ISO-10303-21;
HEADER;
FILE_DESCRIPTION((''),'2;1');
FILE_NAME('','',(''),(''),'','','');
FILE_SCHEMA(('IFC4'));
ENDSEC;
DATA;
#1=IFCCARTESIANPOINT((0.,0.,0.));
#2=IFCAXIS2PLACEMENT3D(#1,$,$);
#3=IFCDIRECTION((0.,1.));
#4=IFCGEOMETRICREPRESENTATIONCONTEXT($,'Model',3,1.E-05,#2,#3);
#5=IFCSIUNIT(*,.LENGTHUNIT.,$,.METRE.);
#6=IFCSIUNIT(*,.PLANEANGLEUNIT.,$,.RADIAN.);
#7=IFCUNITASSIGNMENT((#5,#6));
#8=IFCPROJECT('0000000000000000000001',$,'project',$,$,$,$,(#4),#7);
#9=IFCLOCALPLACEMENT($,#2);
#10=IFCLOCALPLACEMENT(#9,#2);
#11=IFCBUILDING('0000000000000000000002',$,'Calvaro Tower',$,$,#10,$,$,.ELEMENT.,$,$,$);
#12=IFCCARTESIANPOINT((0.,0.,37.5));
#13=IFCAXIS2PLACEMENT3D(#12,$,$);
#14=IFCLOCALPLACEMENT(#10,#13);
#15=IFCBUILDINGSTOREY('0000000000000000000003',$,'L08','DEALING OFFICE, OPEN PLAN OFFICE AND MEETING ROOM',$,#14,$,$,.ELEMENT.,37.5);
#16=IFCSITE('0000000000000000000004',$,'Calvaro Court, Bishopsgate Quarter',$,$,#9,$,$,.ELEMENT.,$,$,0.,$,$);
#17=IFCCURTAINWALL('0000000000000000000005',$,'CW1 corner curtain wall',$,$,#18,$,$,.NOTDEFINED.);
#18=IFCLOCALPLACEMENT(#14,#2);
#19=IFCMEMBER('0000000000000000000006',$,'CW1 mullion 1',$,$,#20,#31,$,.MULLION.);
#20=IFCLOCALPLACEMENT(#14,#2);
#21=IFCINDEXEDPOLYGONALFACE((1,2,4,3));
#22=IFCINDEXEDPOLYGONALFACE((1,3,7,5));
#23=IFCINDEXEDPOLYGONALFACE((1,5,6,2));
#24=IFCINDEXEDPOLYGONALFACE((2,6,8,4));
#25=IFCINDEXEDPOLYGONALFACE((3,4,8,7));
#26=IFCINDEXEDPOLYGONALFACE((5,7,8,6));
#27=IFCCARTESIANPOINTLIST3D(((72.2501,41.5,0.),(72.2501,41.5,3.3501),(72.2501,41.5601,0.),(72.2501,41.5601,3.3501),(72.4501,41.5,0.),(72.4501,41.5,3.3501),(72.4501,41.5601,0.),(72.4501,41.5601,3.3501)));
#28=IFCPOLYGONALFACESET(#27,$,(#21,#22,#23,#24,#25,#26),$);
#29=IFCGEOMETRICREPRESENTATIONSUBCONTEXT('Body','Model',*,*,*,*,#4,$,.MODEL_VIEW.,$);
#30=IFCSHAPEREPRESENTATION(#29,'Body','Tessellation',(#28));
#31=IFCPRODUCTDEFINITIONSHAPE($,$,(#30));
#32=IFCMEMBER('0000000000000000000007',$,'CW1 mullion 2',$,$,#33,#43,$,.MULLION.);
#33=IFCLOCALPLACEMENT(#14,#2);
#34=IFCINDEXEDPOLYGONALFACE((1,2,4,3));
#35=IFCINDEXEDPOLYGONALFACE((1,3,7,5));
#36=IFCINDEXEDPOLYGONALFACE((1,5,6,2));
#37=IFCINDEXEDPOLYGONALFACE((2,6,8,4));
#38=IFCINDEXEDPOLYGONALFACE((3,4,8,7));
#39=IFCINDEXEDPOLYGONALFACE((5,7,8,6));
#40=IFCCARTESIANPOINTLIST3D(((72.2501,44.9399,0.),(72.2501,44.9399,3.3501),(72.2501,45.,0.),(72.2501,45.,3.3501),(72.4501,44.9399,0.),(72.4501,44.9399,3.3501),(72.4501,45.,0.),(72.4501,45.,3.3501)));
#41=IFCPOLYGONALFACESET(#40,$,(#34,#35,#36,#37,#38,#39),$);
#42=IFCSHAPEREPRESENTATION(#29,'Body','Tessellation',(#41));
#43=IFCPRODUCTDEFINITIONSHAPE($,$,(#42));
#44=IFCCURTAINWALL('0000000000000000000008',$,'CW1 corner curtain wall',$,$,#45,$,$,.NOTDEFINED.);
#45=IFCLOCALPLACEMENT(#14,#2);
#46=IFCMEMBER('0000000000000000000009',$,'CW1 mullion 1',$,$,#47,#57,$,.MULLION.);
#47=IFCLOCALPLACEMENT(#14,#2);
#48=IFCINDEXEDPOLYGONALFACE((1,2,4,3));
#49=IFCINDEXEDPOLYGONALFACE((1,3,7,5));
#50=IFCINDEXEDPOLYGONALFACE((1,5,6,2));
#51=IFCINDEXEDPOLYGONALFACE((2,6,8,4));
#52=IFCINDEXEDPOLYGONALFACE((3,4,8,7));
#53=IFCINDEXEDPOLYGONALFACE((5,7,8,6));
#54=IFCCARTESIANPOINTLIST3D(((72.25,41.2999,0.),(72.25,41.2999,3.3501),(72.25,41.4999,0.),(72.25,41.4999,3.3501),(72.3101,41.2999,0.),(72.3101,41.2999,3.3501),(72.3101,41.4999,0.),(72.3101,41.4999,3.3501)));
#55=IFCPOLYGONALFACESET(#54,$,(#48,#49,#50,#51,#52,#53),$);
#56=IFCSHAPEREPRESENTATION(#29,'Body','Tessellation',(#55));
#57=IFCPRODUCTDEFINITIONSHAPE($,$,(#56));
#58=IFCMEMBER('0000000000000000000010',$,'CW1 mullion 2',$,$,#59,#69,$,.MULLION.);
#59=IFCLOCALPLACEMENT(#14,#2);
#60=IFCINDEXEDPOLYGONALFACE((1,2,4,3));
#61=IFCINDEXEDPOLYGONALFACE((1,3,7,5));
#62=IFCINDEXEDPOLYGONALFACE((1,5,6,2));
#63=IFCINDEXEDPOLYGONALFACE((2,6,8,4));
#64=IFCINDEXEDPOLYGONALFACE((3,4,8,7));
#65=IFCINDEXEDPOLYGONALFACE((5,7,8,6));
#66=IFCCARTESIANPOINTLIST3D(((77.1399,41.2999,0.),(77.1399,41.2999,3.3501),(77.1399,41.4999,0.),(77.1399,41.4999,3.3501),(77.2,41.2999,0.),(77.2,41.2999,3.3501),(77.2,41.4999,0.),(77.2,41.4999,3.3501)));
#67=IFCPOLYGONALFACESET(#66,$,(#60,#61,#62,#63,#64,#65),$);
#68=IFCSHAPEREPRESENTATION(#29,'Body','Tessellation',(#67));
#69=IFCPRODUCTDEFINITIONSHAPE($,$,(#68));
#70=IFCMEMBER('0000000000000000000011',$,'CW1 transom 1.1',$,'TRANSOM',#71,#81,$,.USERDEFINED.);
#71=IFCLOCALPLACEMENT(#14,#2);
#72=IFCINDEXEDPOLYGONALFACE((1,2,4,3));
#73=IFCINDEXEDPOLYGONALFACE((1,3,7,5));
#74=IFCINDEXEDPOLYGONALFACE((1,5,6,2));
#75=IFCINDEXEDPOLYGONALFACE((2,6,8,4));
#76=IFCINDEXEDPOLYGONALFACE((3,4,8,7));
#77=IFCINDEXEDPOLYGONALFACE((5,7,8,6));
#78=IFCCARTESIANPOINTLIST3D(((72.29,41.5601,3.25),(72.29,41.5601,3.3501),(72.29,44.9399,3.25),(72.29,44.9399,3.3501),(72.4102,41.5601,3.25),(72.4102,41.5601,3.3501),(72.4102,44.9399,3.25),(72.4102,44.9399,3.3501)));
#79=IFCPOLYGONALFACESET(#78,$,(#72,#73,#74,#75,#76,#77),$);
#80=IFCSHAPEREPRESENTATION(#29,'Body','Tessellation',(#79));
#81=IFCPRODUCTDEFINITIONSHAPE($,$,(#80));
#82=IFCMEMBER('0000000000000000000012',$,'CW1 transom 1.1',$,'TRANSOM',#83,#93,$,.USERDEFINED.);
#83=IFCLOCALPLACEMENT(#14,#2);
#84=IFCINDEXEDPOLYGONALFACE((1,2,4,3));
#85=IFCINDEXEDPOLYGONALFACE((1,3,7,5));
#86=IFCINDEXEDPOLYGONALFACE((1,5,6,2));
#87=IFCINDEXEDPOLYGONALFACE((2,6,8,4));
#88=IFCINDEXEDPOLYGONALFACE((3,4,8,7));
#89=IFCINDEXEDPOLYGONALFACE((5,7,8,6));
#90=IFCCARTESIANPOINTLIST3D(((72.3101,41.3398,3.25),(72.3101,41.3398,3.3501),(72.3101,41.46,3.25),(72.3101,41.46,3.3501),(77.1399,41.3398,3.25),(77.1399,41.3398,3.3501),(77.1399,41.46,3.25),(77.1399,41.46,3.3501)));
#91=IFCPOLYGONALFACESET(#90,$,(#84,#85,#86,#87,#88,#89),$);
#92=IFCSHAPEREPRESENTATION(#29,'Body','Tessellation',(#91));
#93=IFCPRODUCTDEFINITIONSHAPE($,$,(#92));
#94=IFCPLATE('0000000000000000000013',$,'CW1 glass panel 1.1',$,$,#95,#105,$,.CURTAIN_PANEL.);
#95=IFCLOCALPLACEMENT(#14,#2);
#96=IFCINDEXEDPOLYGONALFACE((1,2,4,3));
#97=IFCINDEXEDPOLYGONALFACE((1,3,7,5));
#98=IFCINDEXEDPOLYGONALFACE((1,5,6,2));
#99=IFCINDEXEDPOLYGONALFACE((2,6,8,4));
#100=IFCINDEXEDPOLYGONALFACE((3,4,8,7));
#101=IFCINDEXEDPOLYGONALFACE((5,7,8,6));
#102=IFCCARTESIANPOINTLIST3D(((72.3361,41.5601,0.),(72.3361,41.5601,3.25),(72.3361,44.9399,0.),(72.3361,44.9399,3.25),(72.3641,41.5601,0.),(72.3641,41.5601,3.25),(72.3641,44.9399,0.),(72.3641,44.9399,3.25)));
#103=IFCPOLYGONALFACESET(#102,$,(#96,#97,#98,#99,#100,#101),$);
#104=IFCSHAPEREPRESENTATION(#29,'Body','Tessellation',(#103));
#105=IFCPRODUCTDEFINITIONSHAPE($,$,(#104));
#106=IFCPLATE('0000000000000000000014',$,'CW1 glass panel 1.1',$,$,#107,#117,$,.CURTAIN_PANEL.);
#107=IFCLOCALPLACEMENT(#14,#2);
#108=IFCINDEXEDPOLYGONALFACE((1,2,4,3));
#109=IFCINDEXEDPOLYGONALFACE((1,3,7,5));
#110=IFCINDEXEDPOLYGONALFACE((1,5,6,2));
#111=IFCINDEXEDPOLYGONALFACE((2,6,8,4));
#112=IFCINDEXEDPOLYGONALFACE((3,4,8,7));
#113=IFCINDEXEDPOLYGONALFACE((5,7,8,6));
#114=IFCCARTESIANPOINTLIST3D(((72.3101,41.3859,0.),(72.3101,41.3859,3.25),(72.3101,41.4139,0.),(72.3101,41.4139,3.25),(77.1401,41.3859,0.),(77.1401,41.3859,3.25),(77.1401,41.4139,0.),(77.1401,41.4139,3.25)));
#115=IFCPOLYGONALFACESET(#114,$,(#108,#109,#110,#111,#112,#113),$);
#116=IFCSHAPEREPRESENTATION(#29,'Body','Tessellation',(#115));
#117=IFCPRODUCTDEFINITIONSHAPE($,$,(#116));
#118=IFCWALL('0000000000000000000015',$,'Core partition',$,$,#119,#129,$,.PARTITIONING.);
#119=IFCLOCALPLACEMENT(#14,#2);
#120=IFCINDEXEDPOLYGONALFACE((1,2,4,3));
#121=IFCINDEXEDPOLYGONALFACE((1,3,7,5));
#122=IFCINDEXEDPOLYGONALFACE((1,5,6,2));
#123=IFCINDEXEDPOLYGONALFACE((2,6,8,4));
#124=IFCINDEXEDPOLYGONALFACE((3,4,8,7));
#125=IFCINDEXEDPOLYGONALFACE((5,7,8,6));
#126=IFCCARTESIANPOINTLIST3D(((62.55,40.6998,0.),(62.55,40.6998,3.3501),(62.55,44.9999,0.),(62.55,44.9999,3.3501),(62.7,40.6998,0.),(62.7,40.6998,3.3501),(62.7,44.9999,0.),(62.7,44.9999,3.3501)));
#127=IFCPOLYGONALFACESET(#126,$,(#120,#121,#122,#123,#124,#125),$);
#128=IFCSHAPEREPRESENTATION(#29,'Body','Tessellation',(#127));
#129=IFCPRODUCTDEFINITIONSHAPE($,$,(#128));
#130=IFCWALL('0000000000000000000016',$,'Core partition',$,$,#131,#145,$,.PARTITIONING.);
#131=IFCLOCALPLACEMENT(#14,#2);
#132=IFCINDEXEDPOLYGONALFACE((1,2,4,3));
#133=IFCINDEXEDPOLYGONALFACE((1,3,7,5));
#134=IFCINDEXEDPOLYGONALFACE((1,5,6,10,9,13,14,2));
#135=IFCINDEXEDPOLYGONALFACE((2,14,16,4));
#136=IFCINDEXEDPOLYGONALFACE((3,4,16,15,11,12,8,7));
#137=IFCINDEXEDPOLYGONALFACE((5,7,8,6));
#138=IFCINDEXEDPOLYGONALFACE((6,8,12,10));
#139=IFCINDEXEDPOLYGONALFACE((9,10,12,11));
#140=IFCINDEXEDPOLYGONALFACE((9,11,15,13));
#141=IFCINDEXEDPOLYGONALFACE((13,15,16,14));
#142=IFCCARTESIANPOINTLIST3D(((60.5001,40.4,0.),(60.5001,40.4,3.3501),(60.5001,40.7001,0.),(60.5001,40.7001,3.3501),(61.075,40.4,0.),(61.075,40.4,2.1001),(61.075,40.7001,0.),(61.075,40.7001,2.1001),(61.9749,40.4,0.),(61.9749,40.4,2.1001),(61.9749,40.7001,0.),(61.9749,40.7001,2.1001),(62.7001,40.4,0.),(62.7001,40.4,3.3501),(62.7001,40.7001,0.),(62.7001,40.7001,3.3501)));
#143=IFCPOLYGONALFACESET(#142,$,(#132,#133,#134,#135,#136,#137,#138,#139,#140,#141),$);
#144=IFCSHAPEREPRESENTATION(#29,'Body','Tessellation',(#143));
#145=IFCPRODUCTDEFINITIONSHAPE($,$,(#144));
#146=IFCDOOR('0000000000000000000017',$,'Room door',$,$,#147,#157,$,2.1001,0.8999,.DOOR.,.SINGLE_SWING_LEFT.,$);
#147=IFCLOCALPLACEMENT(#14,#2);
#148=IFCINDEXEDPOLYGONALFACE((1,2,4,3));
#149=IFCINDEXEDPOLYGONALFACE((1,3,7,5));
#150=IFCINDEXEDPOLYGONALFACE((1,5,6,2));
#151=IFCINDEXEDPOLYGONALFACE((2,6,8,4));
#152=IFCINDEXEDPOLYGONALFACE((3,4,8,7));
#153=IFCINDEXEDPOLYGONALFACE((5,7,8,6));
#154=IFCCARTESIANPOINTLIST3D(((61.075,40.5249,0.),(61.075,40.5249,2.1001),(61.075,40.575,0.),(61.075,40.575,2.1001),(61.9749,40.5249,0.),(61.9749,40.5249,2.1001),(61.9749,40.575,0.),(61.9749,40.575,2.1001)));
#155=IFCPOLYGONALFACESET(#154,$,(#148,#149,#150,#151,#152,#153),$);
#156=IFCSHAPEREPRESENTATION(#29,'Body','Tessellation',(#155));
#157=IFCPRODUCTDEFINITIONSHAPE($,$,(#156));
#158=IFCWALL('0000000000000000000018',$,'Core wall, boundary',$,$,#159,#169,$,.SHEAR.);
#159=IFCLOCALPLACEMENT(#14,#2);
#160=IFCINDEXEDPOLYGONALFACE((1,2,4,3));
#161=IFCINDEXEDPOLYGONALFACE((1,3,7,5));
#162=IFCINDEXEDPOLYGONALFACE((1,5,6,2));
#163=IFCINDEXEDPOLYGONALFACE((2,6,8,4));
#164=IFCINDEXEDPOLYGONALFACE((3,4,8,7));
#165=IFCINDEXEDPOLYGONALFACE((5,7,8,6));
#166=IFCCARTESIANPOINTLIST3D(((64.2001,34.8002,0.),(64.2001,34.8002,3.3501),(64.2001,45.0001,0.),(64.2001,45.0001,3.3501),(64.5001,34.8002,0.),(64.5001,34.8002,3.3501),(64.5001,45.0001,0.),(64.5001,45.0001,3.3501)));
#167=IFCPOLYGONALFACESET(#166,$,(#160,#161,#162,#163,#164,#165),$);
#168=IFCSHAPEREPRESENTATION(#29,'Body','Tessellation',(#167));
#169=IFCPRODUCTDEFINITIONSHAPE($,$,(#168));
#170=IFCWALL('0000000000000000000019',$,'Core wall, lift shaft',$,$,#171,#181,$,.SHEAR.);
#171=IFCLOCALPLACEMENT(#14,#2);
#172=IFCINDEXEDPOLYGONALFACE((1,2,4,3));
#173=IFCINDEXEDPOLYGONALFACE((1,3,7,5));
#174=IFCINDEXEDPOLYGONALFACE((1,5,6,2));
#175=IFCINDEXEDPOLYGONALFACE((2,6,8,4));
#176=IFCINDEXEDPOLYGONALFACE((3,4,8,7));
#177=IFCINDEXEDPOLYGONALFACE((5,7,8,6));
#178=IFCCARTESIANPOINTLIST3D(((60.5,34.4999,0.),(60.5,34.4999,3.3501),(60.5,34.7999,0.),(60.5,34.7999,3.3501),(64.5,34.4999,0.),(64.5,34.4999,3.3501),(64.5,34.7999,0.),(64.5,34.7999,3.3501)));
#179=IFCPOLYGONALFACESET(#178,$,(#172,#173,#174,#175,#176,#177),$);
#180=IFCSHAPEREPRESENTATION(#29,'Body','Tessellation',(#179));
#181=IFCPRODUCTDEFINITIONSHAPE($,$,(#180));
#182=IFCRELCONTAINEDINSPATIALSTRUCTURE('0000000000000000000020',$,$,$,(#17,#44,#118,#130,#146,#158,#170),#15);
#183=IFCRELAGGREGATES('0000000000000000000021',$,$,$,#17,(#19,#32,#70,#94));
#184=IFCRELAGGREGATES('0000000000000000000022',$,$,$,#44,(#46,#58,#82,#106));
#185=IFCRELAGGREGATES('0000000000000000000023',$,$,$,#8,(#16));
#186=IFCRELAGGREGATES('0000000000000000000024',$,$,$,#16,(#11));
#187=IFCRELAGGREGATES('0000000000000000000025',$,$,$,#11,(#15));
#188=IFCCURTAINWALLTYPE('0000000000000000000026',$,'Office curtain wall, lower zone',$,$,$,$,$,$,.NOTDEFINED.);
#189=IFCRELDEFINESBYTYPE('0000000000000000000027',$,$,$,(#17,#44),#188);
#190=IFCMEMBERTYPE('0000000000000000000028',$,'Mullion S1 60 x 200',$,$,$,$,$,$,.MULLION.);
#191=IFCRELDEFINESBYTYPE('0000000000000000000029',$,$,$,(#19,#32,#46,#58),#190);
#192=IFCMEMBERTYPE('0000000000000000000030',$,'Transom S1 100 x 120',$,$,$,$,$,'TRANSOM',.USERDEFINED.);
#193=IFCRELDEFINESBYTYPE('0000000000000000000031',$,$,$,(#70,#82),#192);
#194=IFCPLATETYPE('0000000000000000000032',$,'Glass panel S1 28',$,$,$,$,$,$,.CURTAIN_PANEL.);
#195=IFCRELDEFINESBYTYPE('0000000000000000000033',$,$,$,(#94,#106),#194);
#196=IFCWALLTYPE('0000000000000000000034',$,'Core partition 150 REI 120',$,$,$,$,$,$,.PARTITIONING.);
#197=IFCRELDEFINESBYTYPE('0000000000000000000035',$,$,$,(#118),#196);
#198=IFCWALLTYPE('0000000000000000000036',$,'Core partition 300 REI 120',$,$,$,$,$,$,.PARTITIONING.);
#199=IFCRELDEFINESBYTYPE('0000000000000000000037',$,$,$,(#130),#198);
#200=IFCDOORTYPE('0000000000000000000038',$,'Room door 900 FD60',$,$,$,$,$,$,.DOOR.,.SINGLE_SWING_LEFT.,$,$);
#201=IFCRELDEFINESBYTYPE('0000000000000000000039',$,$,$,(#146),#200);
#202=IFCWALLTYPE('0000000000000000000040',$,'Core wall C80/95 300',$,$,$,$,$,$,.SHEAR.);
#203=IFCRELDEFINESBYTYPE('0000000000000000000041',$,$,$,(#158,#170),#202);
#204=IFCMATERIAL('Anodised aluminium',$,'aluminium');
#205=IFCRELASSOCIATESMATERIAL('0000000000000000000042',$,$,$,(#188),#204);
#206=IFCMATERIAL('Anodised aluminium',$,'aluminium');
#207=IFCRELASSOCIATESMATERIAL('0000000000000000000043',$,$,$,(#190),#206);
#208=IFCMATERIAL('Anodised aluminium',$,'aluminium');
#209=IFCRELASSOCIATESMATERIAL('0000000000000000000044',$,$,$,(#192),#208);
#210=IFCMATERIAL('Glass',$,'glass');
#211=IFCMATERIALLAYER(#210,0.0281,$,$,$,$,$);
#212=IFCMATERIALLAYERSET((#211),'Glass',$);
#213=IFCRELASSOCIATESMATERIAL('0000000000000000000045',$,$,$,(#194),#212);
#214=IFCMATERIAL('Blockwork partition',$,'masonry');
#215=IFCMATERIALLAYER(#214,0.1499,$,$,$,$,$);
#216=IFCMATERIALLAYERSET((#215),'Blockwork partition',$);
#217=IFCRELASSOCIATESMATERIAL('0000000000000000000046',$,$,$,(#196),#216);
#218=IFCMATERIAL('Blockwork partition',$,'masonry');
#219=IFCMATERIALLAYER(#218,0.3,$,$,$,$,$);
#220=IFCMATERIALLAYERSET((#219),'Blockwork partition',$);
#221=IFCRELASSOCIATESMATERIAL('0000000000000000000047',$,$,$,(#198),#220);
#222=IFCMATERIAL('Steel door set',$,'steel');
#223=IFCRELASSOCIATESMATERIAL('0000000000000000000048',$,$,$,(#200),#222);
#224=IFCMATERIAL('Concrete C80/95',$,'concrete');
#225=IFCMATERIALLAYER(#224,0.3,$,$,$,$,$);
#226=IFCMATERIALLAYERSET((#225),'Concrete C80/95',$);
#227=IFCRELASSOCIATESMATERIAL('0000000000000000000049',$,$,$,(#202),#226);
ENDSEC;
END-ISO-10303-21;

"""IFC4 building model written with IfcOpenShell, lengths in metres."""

from ifc_helpers import new_model, si_unit, direction, frame, frame_2d, origin, origin_2d, place, context, subcontext, project, spatial, rectangle, extrude, material, layer, layer_set, material_profile, profile_set, type_object, element, fill, aggregate, save


model = new_model("IFC4")

# Units and contexts
model_context = context("Model", 3, precision=1e-05, world=origin(), true_north=direction((0.0, 1.0)))
body_context = subcontext(model_context, "Body", "Model", "MODEL_VIEW")
ifc_project = project(units=[si_unit("LENGTHUNIT", "METRE"), si_unit("PLANEANGLEUNIT", "RADIAN")], contexts=[model_context])

# Site, building, storey
site_placement = place(None, origin())
site = spatial("IfcSite", under=ifc_project, at=site_placement, Name="Calvaro Court, Bishopsgate Quarter", CompositionType="ELEMENT", RefElevation=0.0)
building_placement = place(site_placement, origin())
building = spatial("IfcBuilding", under=site, at=building_placement, Name="Calvaro Tower", CompositionType="ELEMENT")
storey_placement = place(building_placement, frame((0.0, 0.0, 37.5)))
storey = spatial("IfcBuildingStorey", under=building, at=storey_placement, Name="L08", Description="DEALING OFFICE, OPEN PLAN OFFICE AND MEETING ROOM", CompositionType="ELEMENT", Elevation=37.5)

# Curtain walls, members
ifc_material_1 = material(Name="Anodised aluminium", Category="aluminium")
curtain_wall_type = type_object("IfcCurtainWallType", Name="Office curtain wall, lower zone", PredefinedType="NOTDEFINED", material=ifc_material_1)
curtain_wall_1_placement = place(storey_placement, origin())
curtain_wall_1 = element("IfcCurtainWall", 1, at=curtain_wall_1_placement, inside=storey, type_object=curtain_wall_type, Name="CW1 corner curtain wall", PredefinedType="NOTDEFINED")
ifc_material_2 = material(Name="Anodised aluminium", Category="aluminium")
ifc_material_profile_1 = material_profile(ifc_material_2, rectangle(XDim=0.2, YDim=0.0601, at=origin_2d()), Name="Mullion S1 60 x 200")
ifc_profile_set_1 = profile_set([ifc_material_profile_1], Name="Anodised aluminium")
member_type_1 = type_object("IfcMemberType", Name="Mullion S1 60 x 200", PredefinedType="MULLION", material=ifc_profile_set_1)
member_1_placement = place(storey_placement, frame((72.3501, 41.53, 0.0), z_axis=(0.0, 0.0, 1.0), x_axis=(-1.0, 0.0, 0.0)))
member_1 = element("IfcMember", 2, at=member_1_placement, type_object=member_type_1, Name="CW1 mullion 1", PredefinedType="MULLION", context=body_context, shape_type="SweptSolid", body=[
    extrude(rectangle(XDim=0.2, YDim=0.0601, at=origin_2d()), origin(), (0.0, 0.0, 1.0), 3.3501),
])
member_2_placement = place(storey_placement, frame((72.3501, 44.97, 0.0), z_axis=(0.0, 0.0, 1.0), x_axis=(-1.0, 0.0, 0.0)))
member_2 = element("IfcMember", 3, at=member_2_placement, type_object=member_type_1, Name="CW1 mullion 2", PredefinedType="MULLION", context=body_context, shape_type="SweptSolid", body=[
    extrude(rectangle(XDim=0.2, YDim=0.0601, at=origin_2d()), origin(), (0.0, 0.0, 1.0), 3.3501),
])
curtain_wall_2_placement = place(storey_placement, origin())
curtain_wall_2 = element("IfcCurtainWall", 4, at=curtain_wall_2_placement, inside=storey, type_object=curtain_wall_type, Name="CW1 corner curtain wall", PredefinedType="NOTDEFINED")
member_3_placement = place(storey_placement, frame((72.28, 41.3999, 0.0), z_axis=(0.0, 0.0, 1.0), x_axis=(0.0, 1.0, 0.0)))
member_3 = element("IfcMember", 5, at=member_3_placement, type_object=member_type_1, Name="CW1 mullion 1", PredefinedType="MULLION", context=body_context, shape_type="SweptSolid", body=[
    extrude(rectangle(XDim=0.2, YDim=0.0601, at=origin_2d()), origin(), (0.0, 0.0, 1.0), 3.3501),
])
member_4_placement = place(storey_placement, frame((77.1699, 41.3999, 0.0), z_axis=(0.0, 0.0, 1.0), x_axis=(0.0, 1.0, 0.0)))
member_4 = element("IfcMember", 6, at=member_4_placement, type_object=member_type_1, Name="CW1 mullion 2", PredefinedType="MULLION", context=body_context, shape_type="SweptSolid", body=[
    extrude(rectangle(XDim=0.2, YDim=0.0601, at=origin_2d()), origin(), (0.0, 0.0, 1.0), 3.3501),
])

# Members
ifc_material_3 = material(Name="Anodised aluminium", Category="aluminium")
ifc_material_profile_2 = material_profile(ifc_material_3, rectangle(XDim=0.1201, YDim=0.1001, at=origin_2d()), Name="Transom S1 100 x 120")
ifc_profile_set_2 = profile_set([ifc_material_profile_2], Name="Anodised aluminium")
member_type_2 = type_object("IfcMemberType", Name="Transom S1 100 x 120", ElementType="TRANSOM", PredefinedType="USERDEFINED", material=ifc_profile_set_2)
member_5_placement = place(storey_placement, frame((72.3501, 41.5601, 3.3), z_axis=(0.0, 1.0, 0.0), x_axis=(-1.0, 0.0, 0.0)))
member_5 = element("IfcMember", 7, at=member_5_placement, type_object=member_type_2, Name="CW1 transom 1.1", ObjectType="TRANSOM", PredefinedType="USERDEFINED", context=body_context, shape_type="SweptSolid", body=[
    extrude(rectangle(XDim=0.1201, YDim=0.1001, at=origin_2d()), origin(), (0.0, 0.0, 1.0), 3.3799),
])
member_6_placement = place(storey_placement, frame((72.3101, 41.3999, 3.3), z_axis=(1.0, 0.0, 0.0), x_axis=(0.0, 1.0, 0.0)))
member_6 = element("IfcMember", 8, at=member_6_placement, type_object=member_type_2, Name="CW1 transom 1.1", ObjectType="TRANSOM", PredefinedType="USERDEFINED", context=body_context, shape_type="SweptSolid", body=[
    extrude(rectangle(XDim=0.1201, YDim=0.1001, at=origin_2d()), origin(), (0.0, 0.0, 1.0), 4.8298),
])

# Plates
ifc_material_4 = material(Name="Glass", Category="glass")
ifc_layer_1 = layer(ifc_material_4, 0.0281)
ifc_layer_set_1 = layer_set([ifc_layer_1], Name="Glass")
plate_type = type_object("IfcPlateType", Name="Glass panel S1 28", PredefinedType="CURTAIN_PANEL", material=ifc_layer_set_1)
plate_1_placement = place(storey_placement, frame((72.3501, 43.25, 0.0), z_axis=(0.0, 0.0, 1.0), x_axis=(0.0, 1.0, 0.0)))
plate_1 = element("IfcPlate", 9, at=plate_1_placement, type_object=plate_type, Name="CW1 glass panel 1.1", PredefinedType="CURTAIN_PANEL", context=body_context, shape_type="SweptSolid", body=[
    extrude(rectangle(XDim=3.3799, YDim=0.0281, at=origin_2d()), origin(), (0.0, 0.0, 1.0), 3.25),
])
aggregate(curtain_wall_1, [member_1, member_2, member_5, plate_1])
plate_2_placement = place(storey_placement, frame((74.7251, 41.3999, 0.0), z_axis=(0.0, 0.0, 1.0), x_axis=(1.0, 0.0, 0.0)))
plate_2 = element("IfcPlate", 10, at=plate_2_placement, type_object=plate_type, Name="CW1 glass panel 1.1", PredefinedType="CURTAIN_PANEL", context=body_context, shape_type="SweptSolid", body=[
    extrude(rectangle(XDim=4.8301, YDim=0.0281, at=origin_2d()), origin(), (0.0, 0.0, 1.0), 3.25),
])
aggregate(curtain_wall_2, [member_3, member_4, member_6, plate_2])

# Wall
ifc_material_5 = material(Name="Blockwork partition", Category="masonry")
ifc_layer_2 = layer(ifc_material_5, 0.1499)
ifc_layer_set_2 = layer_set([ifc_layer_2], Name="Blockwork partition")
wall_type_1 = type_object("IfcWallType", Name="Core partition 150 REI 120", PredefinedType="PARTITIONING", material=ifc_layer_set_2)
wall_1_placement = place(storey_placement, frame((62.625, 40.7, 0.0), z_axis=(0.0, 0.0, 1.0), x_axis=(0.0, 1.0, 0.0)))
element("IfcWall", 11, at=wall_1_placement, inside=storey, type_object=wall_type_1, Name="Core partition", PredefinedType="PARTITIONING", context=body_context, shape_type="SweptSolid", body=[
    extrude(rectangle(XDim=4.3, YDim=0.1499, at=frame_2d((2.1499, 0.0))), origin(), (0.0, 0.0, 1.0), 3.3501),
])

# Wall, opening, door
ifc_material_6 = material(Name="Blockwork partition", Category="masonry")
ifc_layer_3 = layer(ifc_material_6, 0.3)
ifc_layer_set_3 = layer_set([ifc_layer_3], Name="Blockwork partition")
wall_type_2 = type_object("IfcWallType", Name="Core partition 300 REI 120", PredefinedType="PARTITIONING", material=ifc_layer_set_3)
wall_2_placement = place(storey_placement, frame((60.5, 40.55, 0.0), z_axis=(0.0, 0.0, 1.0), x_axis=(1.0, 0.0, 0.0)))
wall_2 = element("IfcWall", 12, at=wall_2_placement, inside=storey, type_object=wall_type_2, Name="Core partition", PredefinedType="PARTITIONING", context=body_context, shape_type="SweptSolid", body=[
    extrude(rectangle(XDim=2.2, YDim=0.3, at=frame_2d((1.1001, 0.0))), origin(), (0.0, 0.0, 1.0), 3.3501),
])
opening_1_placement = place(wall_2_placement, frame((0.575, 0.0, 0.0)))
opening_1 = element("IfcOpeningElement", 13, at=opening_1_placement, cuts=wall_2, PredefinedType="OPENING", context=body_context, shape_type="SweptSolid", body=[
    extrude(rectangle(XDim=0.8999, YDim=2.1001, at=frame_2d((0.45, 1.05))), frame((0.0, 0.1599, 0.0), z_axis=(0.0, -1.0, 0.0), x_axis=(1.0, 0.0, 0.0)), (0.0, 0.0, 1.0), 0.3201),
])
ifc_material_7 = material(Name="Steel door set", Category="steel")
door_type_1 = type_object("IfcDoorType", Name="Room door 900 FD60", OperationType="SINGLE_SWING_LEFT", PredefinedType="DOOR", material=ifc_material_7)
door_1_placement = place(opening_1_placement, origin())
door_1 = element("IfcDoor", 14, at=door_1_placement, inside=storey, type_object=door_type_1, Name="Room door", OperationType="SINGLE_SWING_LEFT", OverallHeight=2.1001, OverallWidth=0.8999, PredefinedType="DOOR", context=body_context, shape_type="SweptSolid", body=[
    extrude(rectangle(XDim=0.8999, YDim=2.1001, at=frame_2d((0.45, 1.05))), frame((0.0, 0.0249, 0.0), z_axis=(0.0, -1.0, 0.0), x_axis=(1.0, 0.0, 0.0)), (0.0, 0.0, 1.0), 0.05),
])
fill(opening_1, door_1)

# Walls
ifc_material_8 = material(Name="Concrete C80/95", Category="concrete")
ifc_layer_4 = layer(ifc_material_8, 0.3)
ifc_layer_set_4 = layer_set([ifc_layer_4], Name="Concrete C80/95")
wall_type_3 = type_object("IfcWallType", Name="Core wall C80/95 300", PredefinedType="SHEAR", material=ifc_layer_set_4)
wall_3_placement = place(storey_placement, frame((64.3501, 34.8, 0.0), z_axis=(0.0, 0.0, 1.0), x_axis=(0.0, 1.0, 0.0)))
element("IfcWall", 15, at=wall_3_placement, inside=storey, type_object=wall_type_3, Name="Core wall, boundary", PredefinedType="SHEAR", context=body_context, shape_type="SweptSolid", body=[
    extrude(rectangle(XDim=10.2, YDim=0.3, at=frame_2d((5.1001, 0.0))), origin(), (0.0, 0.0, 1.0), 3.3501),
])
wall_4_placement = place(storey_placement, frame((60.5, 34.6499, 0.0), z_axis=(0.0, 0.0, 1.0), x_axis=(1.0, 0.0, 0.0)))
element("IfcWall", 16, at=wall_4_placement, inside=storey, type_object=wall_type_3, Name="Core wall, lift shaft", PredefinedType="SHEAR", context=body_context, shape_type="SweptSolid", body=[
    extrude(rectangle(XDim=4.0, YDim=0.3, at=frame_2d((2.0, 0.0))), origin(), (0.0, 0.0, 1.0), 3.3501),
])

save(model, "model.ifc")
